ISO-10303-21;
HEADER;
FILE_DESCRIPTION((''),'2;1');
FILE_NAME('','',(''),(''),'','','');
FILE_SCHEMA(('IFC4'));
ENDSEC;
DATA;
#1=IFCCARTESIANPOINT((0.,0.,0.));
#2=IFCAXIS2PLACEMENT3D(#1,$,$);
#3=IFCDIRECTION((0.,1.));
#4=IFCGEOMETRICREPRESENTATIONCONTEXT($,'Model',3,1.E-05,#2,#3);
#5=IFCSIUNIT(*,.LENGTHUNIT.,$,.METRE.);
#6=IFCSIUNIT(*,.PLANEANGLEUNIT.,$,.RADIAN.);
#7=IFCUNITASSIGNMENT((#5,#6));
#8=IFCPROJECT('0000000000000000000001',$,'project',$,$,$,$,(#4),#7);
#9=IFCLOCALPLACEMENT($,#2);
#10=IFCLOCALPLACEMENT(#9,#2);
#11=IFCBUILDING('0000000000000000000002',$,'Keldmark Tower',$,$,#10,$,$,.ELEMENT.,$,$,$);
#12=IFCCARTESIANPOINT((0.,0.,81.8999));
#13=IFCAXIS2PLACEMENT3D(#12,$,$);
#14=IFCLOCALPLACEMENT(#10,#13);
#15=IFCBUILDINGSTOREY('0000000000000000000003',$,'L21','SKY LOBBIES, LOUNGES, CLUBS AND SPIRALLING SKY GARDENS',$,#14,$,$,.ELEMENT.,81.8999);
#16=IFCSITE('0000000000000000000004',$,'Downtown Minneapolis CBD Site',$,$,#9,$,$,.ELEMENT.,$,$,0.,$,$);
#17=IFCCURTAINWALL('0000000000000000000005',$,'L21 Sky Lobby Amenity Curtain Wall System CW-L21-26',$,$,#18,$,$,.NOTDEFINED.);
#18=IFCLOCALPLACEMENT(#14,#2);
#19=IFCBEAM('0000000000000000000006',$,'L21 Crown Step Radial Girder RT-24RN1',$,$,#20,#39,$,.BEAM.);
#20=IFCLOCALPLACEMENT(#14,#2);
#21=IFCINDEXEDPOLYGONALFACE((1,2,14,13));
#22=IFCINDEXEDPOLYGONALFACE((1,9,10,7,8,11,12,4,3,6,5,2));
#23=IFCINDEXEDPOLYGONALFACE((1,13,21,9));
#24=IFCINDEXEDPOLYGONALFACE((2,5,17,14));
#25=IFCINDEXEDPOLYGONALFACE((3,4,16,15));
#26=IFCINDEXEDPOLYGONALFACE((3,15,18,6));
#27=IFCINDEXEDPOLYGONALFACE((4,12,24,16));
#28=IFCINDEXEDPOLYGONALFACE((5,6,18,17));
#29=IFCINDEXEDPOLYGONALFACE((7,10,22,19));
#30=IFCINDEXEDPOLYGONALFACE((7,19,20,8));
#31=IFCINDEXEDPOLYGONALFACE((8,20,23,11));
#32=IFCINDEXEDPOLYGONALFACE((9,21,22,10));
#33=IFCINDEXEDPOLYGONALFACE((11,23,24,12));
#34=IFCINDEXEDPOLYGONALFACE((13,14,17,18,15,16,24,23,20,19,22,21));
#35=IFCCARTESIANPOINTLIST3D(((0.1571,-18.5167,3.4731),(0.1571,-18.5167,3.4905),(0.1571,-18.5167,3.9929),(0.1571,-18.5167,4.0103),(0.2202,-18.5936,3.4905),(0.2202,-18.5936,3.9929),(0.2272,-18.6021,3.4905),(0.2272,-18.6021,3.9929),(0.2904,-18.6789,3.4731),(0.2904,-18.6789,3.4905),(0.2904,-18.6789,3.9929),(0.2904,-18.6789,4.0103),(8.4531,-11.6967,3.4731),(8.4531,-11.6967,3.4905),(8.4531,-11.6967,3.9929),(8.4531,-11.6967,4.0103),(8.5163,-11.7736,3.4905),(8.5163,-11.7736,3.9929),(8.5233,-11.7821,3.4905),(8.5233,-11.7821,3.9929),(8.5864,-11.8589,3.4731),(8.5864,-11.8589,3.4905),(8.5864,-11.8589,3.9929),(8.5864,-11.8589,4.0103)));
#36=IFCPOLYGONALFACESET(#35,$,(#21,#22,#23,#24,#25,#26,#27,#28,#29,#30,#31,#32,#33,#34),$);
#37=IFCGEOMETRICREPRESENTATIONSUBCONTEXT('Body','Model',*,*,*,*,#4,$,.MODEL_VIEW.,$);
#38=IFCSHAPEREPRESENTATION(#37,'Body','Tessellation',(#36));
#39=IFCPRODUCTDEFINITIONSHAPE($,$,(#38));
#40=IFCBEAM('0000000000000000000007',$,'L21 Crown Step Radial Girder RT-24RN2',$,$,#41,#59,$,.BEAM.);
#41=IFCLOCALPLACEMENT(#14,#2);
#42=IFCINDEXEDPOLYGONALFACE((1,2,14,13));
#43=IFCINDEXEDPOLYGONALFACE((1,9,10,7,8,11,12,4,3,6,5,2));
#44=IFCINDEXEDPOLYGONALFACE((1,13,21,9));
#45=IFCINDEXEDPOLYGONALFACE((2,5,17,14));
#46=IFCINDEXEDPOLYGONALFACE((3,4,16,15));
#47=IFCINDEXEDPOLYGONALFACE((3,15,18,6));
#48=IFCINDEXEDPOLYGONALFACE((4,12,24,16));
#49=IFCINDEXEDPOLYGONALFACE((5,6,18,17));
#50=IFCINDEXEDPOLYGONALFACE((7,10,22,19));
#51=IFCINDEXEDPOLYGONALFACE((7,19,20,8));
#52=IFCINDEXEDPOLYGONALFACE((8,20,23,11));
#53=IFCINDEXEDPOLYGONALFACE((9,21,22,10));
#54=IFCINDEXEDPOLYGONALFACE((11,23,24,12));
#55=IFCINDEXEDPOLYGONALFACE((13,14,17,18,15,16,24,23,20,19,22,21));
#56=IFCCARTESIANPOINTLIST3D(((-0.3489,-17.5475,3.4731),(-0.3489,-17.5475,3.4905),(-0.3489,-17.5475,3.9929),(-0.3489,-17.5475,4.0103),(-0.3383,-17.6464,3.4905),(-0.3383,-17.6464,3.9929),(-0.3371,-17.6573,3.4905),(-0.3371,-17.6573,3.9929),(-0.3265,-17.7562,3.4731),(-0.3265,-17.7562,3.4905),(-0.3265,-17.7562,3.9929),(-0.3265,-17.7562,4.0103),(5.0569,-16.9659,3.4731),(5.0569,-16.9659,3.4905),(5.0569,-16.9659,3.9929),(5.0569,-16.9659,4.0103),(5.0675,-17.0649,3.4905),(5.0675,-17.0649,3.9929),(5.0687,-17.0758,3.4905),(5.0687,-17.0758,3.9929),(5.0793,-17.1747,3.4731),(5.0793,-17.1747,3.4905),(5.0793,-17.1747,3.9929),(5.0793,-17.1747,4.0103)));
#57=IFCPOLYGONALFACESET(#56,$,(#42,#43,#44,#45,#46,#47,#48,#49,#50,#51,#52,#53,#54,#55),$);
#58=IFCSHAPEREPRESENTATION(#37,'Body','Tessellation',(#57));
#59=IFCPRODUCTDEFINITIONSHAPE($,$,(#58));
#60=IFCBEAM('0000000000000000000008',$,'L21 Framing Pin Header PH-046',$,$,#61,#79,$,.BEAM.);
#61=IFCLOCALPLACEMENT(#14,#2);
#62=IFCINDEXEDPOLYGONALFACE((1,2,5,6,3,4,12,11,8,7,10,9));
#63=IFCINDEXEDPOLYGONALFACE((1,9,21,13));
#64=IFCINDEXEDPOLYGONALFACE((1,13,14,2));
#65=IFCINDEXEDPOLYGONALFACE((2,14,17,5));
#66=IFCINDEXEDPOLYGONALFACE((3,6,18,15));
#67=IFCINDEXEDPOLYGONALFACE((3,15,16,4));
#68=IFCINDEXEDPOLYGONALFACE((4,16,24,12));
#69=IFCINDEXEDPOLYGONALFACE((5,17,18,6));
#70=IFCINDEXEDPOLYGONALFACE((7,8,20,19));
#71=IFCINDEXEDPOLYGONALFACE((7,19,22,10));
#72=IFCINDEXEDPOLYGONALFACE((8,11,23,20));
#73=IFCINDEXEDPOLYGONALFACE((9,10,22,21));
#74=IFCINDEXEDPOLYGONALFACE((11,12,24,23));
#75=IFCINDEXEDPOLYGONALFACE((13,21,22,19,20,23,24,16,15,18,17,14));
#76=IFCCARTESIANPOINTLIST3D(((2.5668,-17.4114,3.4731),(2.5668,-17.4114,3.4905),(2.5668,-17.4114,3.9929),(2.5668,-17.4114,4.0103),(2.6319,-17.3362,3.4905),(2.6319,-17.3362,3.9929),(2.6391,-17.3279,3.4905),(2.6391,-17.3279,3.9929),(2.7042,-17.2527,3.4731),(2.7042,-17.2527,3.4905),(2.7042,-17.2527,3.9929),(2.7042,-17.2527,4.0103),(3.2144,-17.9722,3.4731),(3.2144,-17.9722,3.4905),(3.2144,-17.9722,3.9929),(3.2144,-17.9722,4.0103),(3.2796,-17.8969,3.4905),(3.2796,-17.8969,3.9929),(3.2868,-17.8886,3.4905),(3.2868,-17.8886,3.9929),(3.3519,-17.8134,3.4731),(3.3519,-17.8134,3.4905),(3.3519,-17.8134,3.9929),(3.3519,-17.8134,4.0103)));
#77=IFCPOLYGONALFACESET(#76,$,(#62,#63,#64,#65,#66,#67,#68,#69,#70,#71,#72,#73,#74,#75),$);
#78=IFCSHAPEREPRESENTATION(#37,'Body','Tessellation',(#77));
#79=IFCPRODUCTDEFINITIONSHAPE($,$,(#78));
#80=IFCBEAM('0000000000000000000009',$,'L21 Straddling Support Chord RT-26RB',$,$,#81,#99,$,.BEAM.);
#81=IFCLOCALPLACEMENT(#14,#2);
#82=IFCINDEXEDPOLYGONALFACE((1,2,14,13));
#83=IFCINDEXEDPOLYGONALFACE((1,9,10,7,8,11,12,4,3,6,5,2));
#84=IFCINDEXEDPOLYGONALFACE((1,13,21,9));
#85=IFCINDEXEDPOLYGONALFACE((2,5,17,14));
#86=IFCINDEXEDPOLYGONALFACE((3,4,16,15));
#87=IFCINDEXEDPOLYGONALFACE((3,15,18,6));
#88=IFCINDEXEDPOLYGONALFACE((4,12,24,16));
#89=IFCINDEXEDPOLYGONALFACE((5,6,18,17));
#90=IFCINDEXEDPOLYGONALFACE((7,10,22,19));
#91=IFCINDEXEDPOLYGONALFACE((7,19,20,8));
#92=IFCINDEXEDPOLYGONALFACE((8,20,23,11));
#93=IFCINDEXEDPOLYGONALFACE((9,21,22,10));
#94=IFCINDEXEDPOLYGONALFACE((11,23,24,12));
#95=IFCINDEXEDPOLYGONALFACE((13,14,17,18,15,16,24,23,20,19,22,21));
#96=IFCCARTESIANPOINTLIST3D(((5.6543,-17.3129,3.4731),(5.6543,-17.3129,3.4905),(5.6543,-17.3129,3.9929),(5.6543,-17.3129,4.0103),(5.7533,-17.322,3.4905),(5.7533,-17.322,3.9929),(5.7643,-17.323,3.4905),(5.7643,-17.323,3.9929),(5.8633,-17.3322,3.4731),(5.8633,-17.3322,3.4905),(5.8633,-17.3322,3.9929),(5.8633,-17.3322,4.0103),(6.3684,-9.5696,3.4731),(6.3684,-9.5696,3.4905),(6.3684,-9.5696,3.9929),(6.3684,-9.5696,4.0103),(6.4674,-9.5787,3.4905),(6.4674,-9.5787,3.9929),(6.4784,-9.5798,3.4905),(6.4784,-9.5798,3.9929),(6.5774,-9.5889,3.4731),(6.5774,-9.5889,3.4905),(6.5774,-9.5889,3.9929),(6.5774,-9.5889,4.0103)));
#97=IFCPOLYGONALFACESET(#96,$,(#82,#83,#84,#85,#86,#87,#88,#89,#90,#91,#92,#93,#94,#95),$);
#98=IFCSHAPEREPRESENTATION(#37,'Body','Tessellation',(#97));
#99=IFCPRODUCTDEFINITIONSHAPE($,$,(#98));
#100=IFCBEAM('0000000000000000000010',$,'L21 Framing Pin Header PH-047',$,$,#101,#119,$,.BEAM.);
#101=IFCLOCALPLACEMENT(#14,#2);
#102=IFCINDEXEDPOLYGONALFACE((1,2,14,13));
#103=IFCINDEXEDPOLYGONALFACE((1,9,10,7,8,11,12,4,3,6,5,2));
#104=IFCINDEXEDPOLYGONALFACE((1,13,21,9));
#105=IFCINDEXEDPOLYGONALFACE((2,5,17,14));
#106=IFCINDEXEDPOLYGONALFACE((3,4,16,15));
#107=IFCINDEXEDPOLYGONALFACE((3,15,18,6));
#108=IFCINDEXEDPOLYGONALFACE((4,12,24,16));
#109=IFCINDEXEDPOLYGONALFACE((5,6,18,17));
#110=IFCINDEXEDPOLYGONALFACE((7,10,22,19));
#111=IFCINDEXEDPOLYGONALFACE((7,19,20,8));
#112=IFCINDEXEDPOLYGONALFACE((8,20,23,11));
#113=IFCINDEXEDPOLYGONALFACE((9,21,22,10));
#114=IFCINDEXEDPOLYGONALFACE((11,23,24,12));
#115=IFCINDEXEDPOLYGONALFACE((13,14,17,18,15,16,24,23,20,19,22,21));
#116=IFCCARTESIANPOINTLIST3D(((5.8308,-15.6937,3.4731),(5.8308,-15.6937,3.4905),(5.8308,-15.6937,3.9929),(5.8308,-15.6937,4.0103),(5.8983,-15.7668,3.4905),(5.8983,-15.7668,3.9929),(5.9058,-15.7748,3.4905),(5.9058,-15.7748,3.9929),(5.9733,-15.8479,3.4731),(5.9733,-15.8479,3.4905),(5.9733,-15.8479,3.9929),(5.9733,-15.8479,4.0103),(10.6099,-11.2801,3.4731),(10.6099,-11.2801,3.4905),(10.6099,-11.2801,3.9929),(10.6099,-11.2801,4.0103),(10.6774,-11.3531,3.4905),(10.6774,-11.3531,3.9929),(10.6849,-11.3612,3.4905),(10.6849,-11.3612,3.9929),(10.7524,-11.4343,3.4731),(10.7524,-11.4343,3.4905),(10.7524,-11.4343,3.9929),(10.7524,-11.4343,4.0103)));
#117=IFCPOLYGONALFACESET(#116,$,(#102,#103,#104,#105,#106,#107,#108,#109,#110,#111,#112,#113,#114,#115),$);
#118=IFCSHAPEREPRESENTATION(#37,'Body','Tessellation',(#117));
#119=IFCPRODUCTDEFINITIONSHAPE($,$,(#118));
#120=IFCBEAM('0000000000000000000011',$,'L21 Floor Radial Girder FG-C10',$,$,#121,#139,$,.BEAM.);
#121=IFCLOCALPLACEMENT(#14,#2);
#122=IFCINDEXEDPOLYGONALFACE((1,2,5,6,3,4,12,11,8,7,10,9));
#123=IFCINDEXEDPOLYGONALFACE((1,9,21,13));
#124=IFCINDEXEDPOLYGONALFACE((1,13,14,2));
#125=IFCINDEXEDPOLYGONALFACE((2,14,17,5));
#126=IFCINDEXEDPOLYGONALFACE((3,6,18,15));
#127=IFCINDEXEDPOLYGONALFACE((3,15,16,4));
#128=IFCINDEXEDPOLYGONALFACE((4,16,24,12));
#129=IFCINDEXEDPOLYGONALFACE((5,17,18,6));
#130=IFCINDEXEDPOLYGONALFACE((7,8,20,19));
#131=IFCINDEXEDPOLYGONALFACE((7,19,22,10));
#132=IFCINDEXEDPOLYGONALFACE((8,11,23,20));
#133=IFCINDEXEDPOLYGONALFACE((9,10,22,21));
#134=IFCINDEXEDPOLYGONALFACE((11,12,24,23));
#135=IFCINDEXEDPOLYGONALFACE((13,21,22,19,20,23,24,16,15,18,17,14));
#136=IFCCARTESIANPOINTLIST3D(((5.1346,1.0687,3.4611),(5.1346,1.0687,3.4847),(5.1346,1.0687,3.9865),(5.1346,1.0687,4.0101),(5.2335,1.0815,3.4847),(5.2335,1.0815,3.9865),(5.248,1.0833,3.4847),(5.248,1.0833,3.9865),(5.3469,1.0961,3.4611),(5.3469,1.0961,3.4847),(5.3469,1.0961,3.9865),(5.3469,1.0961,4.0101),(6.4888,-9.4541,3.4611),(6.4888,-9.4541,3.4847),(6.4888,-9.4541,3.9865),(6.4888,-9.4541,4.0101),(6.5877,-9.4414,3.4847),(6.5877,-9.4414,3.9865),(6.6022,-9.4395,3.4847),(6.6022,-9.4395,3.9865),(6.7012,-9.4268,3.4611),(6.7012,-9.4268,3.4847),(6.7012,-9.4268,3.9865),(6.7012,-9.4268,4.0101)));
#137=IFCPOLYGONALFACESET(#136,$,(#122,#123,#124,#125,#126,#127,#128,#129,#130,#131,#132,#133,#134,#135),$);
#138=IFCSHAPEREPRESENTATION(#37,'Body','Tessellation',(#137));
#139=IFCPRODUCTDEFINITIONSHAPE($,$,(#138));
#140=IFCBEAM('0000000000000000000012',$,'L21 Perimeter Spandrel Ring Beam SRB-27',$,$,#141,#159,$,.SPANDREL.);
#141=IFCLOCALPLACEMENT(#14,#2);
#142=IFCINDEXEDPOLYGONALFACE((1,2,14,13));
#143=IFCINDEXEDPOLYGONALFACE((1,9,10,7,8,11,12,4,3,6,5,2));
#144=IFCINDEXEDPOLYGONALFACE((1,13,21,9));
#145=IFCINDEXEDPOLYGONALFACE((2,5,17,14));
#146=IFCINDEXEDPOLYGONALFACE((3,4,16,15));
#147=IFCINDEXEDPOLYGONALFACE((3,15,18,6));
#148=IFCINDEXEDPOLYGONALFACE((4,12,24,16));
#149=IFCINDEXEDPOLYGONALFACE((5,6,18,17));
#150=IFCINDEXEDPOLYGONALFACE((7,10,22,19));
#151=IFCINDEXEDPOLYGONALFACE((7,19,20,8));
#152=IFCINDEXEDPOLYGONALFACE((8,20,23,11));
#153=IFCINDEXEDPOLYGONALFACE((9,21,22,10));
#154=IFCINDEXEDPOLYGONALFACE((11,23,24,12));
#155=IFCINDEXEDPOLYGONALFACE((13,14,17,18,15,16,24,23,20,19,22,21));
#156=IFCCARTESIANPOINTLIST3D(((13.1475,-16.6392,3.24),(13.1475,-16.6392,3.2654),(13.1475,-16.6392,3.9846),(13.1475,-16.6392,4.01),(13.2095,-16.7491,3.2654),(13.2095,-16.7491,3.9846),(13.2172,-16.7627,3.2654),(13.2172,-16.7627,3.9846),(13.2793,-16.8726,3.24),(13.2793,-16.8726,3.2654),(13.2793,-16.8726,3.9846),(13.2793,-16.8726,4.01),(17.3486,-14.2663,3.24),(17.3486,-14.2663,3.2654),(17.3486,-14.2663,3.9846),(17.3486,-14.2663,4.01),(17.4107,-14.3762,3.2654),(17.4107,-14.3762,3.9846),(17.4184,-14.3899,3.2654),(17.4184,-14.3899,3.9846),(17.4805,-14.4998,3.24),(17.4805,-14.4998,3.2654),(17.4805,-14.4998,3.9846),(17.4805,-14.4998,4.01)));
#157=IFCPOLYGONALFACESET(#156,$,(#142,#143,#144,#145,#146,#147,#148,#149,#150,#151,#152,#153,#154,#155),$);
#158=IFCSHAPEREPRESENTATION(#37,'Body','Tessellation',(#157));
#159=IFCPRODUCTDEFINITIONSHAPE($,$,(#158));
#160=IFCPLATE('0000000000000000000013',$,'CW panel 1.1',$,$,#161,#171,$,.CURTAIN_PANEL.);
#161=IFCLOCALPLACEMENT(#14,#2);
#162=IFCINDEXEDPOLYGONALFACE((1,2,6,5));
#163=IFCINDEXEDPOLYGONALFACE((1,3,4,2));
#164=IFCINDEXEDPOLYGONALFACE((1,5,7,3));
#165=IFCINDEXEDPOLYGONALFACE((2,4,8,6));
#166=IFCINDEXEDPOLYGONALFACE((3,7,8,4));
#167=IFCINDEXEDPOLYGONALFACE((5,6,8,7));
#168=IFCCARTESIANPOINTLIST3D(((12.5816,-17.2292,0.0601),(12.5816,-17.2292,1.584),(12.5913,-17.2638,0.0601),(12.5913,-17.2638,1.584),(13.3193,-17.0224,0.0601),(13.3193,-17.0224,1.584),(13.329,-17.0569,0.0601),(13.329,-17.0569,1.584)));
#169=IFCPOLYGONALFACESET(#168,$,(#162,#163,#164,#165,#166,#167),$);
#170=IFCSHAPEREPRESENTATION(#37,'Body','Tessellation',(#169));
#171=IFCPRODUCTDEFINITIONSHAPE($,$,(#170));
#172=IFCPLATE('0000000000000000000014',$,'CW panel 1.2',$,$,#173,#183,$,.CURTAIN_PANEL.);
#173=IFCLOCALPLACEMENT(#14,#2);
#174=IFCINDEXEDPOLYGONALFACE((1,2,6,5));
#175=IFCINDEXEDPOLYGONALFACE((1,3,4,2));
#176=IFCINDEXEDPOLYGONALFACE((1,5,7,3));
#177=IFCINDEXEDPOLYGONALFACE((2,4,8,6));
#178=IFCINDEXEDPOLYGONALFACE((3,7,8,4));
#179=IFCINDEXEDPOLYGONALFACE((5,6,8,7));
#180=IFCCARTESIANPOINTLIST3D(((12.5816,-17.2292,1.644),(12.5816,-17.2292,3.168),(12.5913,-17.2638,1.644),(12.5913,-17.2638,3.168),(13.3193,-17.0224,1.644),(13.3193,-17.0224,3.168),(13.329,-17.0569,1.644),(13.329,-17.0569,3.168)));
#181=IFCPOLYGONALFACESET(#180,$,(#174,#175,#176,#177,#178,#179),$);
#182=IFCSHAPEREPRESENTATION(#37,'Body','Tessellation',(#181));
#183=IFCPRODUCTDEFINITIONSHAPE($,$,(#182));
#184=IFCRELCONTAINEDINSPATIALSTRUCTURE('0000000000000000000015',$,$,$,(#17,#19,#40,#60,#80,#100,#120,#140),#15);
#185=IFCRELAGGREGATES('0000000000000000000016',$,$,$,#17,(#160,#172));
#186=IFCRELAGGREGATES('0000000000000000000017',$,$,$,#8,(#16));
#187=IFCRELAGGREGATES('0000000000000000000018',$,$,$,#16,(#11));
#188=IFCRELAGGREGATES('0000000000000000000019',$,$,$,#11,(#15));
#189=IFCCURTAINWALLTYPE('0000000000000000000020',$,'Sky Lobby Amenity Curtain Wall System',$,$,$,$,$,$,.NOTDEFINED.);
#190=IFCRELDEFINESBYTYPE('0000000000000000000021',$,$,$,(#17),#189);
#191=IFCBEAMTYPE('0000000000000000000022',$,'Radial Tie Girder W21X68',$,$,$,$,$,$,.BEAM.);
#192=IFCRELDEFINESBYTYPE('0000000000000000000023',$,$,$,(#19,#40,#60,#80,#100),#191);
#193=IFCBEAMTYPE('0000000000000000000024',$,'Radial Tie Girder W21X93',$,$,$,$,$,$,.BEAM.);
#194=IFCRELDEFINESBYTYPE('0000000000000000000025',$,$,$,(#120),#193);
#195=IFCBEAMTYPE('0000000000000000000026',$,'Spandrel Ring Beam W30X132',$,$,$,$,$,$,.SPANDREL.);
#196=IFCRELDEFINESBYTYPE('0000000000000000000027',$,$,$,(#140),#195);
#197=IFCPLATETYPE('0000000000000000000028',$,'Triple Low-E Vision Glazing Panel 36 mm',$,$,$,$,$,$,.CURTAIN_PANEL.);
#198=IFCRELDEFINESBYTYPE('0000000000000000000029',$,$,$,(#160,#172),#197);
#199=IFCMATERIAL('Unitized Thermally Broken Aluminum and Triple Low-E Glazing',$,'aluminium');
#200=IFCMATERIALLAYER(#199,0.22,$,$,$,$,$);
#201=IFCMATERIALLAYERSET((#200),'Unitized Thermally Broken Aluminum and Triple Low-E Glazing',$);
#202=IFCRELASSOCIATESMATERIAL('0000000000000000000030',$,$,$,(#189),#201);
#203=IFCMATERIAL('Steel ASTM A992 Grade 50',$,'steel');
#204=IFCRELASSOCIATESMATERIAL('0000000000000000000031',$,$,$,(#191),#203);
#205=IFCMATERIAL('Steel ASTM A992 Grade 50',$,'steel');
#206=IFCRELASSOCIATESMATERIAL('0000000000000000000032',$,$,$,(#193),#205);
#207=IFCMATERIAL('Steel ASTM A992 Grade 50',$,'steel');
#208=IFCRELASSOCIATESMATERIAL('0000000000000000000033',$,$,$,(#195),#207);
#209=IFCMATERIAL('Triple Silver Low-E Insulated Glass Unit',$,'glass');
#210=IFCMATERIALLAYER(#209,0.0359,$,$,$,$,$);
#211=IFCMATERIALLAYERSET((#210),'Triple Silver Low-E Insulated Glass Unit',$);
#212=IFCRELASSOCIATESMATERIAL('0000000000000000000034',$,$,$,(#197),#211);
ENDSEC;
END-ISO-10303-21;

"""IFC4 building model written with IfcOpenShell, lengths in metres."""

from ifc_helpers import new_model, si_unit, direction, frame, origin, origin_2d, place, context, subcontext, project, spatial, rectangle, i_section, extrude, material, layer, layer_set, material_profile, profile_set, type_object, element, aggregate, save


model = new_model("IFC4")

# Units and contexts
model_context = context("Model", 3, precision=1e-05, world=origin(), true_north=direction((0.0, 1.0)))
body_context = subcontext(model_context, "Body", "Model", "MODEL_VIEW")
ifc_project = project(units=[si_unit("LENGTHUNIT", "METRE"), si_unit("PLANEANGLEUNIT", "RADIAN")], contexts=[model_context])

# Site, building, storey
site_placement = place(None, origin())
site = spatial("IfcSite", under=ifc_project, at=site_placement, Name="Downtown Minneapolis CBD Site", CompositionType="ELEMENT", RefElevation=0.0)
building_placement = place(site_placement, origin())
building = spatial("IfcBuilding", under=site, at=building_placement, Name="Keldmark Tower", CompositionType="ELEMENT")
storey_placement = place(building_placement, frame((0.0, 0.0, 81.8999)))
storey = spatial("IfcBuildingStorey", under=building, at=storey_placement, Name="L21", Description="SKY LOBBIES, LOUNGES, CLUBS AND SPIRALLING SKY GARDENS", CompositionType="ELEMENT", Elevation=81.8999)

# Curtain wall
ifc_material_1 = material(Name="Unitized Thermally Broken Aluminum and Triple Low-E Glazing", Category="aluminium")
ifc_layer_1 = layer(ifc_material_1, 0.22)
ifc_layer_set_1 = layer_set([ifc_layer_1], Name="Unitized Thermally Broken Aluminum and Triple Low-E Glazing")
curtain_wall_type = type_object("IfcCurtainWallType", Name="Sky Lobby Amenity Curtain Wall System", PredefinedType="NOTDEFINED", material=ifc_layer_set_1)
curtain_wall_placement = place(storey_placement, origin())
curtain_wall = element("IfcCurtainWall", 1, at=curtain_wall_placement, inside=storey, type_object=curtain_wall_type, Name="L21 Sky Lobby Amenity Curtain Wall System CW-L21-26", PredefinedType="NOTDEFINED")

# Beams
ifc_material_2 = material(Name="Steel ASTM A992 Grade 50", Category="steel")
ifc_material_profile_1 = material_profile(ifc_material_2, i_section(OverallWidth=0.21, OverallDepth=0.5371, WebThickness=0.011, FlangeThickness=0.0173, at=origin_2d()), Name="W21X68")
ifc_profile_set_1 = profile_set([ifc_material_profile_1], Name="Steel ASTM A992 Grade 50")
beam_type_1 = type_object("IfcBeamType", Name="Radial Tie Girder W21X68", PredefinedType="BEAM", material=ifc_profile_set_1)
beam_1_placement = place(storey_placement, frame((8.5198, -11.7778, 3.7417), z_axis=(-0.77248, -0.635038, 0.0), x_axis=(0.635038, -0.77248, 0.0)))
element("IfcBeam", 2, at=beam_1_placement, inside=storey, type_object=beam_type_1, Name="L21 Crown Step Radial Girder RT-24RN1", PredefinedType="BEAM", context=body_context, shape_type="SweptSolid", body=[
    extrude(i_section(OverallWidth=0.21, OverallDepth=0.5371, WebThickness=0.011, FlangeThickness=0.0173, at=origin_2d()), origin(), (0.0, 0.0, 1.0), 10.7395),
])
beam_2_placement = place(storey_placement, frame((5.0681, -17.0703, 3.7417), z_axis=(-0.994263, -0.106961, 0.0), x_axis=(0.106961, -0.994263, 0.0)))
element("IfcBeam", 3, at=beam_2_placement, inside=storey, type_object=beam_type_1, Name="L21 Crown Step Radial Girder RT-24RN2", PredefinedType="BEAM", context=body_context, shape_type="SweptSolid", body=[
    extrude(i_section(OverallWidth=0.21, OverallDepth=0.5371, WebThickness=0.011, FlangeThickness=0.0173, at=origin_2d()), origin(), (0.0, 0.0, 1.0), 5.437),
])
beam_3_placement = place(storey_placement, frame((2.6355, -17.332, 3.7417), z_axis=(0.756009, -0.654562, 0.0), x_axis=(0.654562, 0.756009, 0.0)))
element("IfcBeam", 4, at=beam_3_placement, inside=storey, type_object=beam_type_1, Name="L21 Framing Pin Header PH-046", PredefinedType="BEAM", context=body_context, shape_type="SweptSolid", body=[
    extrude(i_section(OverallWidth=0.21, OverallDepth=0.5371, WebThickness=0.011, FlangeThickness=0.0173, at=origin_2d()), origin(), (0.0, 0.0, 1.0), 0.8567),
])
beam_4_placement = place(storey_placement, frame((5.7588, -17.3225, 3.7417), z_axis=(0.091835, 0.995774, 0.0), x_axis=(-0.995774, 0.091835, 0.0)))
element("IfcBeam", 5, at=beam_4_placement, inside=storey, type_object=beam_type_1, Name="L21 Straddling Support Chord RT-26RB", PredefinedType="BEAM", context=body_context, shape_type="SweptSolid", body=[
    extrude(i_section(OverallWidth=0.21, OverallDepth=0.5371, WebThickness=0.011, FlangeThickness=0.0173, at=origin_2d()), origin(), (0.0, 0.0, 1.0), 7.7761),
])
beam_5_placement = place(storey_placement, frame((10.6812, -11.3572, 3.7417), z_axis=(-0.734639, -0.678458, 0.0), x_axis=(0.678458, -0.734639, 0.0)))
element("IfcBeam", 6, at=beam_5_placement, inside=storey, type_object=beam_type_1, Name="L21 Framing Pin Header PH-047", PredefinedType="BEAM", context=body_context, shape_type="SweptSolid", body=[
    extrude(i_section(OverallWidth=0.21, OverallDepth=0.5371, WebThickness=0.011, FlangeThickness=0.0173, at=origin_2d()), origin(), (0.0, 0.0, 1.0), 6.5054),
])
ifc_material_3 = material(Name="Steel ASTM A992 Grade 50", Category="steel")
ifc_material_profile_2 = material_profile(ifc_material_3, i_section(OverallWidth=0.2141, OverallDepth=0.5491, WebThickness=0.0146, FlangeThickness=0.0237, at=origin_2d()), Name="W21X93")
ifc_profile_set_2 = profile_set([ifc_material_profile_2], Name="Steel ASTM A992 Grade 50")
beam_type_2 = type_object("IfcBeamType", Name="Radial Tie Girder W21X93", PredefinedType="BEAM", material=ifc_profile_set_2)
beam_6_placement = place(storey_placement, frame((6.595, -9.4404, 3.7356), z_axis=(-0.127642, 0.99182, 0.0), x_axis=(-0.99182, -0.127642, 0.0)))
element("IfcBeam", 7, at=beam_6_placement, inside=storey, type_object=beam_type_2, Name="L21 Floor Radial Girder FG-C10", PredefinedType="BEAM", context=body_context, shape_type="SweptSolid", body=[
    extrude(i_section(OverallWidth=0.2141, OverallDepth=0.5491, WebThickness=0.0146, FlangeThickness=0.0237, at=origin_2d()), origin(), (0.0, 0.0, 1.0), 10.6096),
])
ifc_material_4 = material(Name="Steel ASTM A992 Grade 50", Category="steel")
ifc_material_profile_3 = material_profile(ifc_material_4, i_section(OverallWidth=0.2681, OverallDepth=0.77, WebThickness=0.0156, FlangeThickness=0.0254, at=origin_2d()), Name="W30X132")
ifc_profile_set_3 = profile_set([ifc_material_profile_3], Name="Steel ASTM A992 Grade 50")
beam_type_3 = type_object("IfcBeamType", Name="Spandrel Ring Beam W30X132", PredefinedType="SPANDREL", material=ifc_profile_set_3)
beam_7_placement = place(storey_placement, frame((13.2134, -16.7559, 3.625), z_axis=(0.87072, 0.491779, 0.0), x_axis=(-0.491779, 0.87072, 0.0)))
element("IfcBeam", 8, at=beam_7_placement, inside=storey, type_object=beam_type_3, Name="L21 Perimeter Spandrel Ring Beam SRB-27", PredefinedType="SPANDREL", context=body_context, shape_type="SweptSolid", body=[
    extrude(i_section(OverallWidth=0.2681, OverallDepth=0.77, WebThickness=0.0156, FlangeThickness=0.0254, at=origin_2d()), origin(), (0.0, 0.0, 1.0), 4.825),
])

# Plates
ifc_material_5 = material(Name="Triple Silver Low-E Insulated Glass Unit", Category="glass")
ifc_layer_2 = layer(ifc_material_5, 0.0359)
ifc_layer_set_2 = layer_set([ifc_layer_2], Name="Triple Silver Low-E Insulated Glass Unit")
plate_type = type_object("IfcPlateType", Name="Triple Low-E Vision Glazing Panel 36 mm", PredefinedType="CURTAIN_PANEL", material=ifc_layer_set_2)
plate_1_placement = place(storey_placement, frame((12.9553, -17.1431, 0.0601), z_axis=(0.0, 0.0, 1.0), x_axis=(-0.962852, -0.270028, 0.0)))
plate_1 = element("IfcPlate", 9, at=plate_1_placement, type_object=plate_type, Name="CW panel 1.1", PredefinedType="CURTAIN_PANEL", context=body_context, shape_type="SweptSolid", body=[
    extrude(rectangle(XDim=0.7661, YDim=0.0359, at=origin_2d()), origin(), (0.0, 0.0, 1.0), 1.5239),
])
plate_2_placement = place(storey_placement, frame((12.9553, -17.1431, 1.644), z_axis=(0.0, 0.0, 1.0), x_axis=(-0.962852, -0.270028, 0.0)))
plate_2 = element("IfcPlate", 10, at=plate_2_placement, type_object=plate_type, Name="CW panel 1.2", PredefinedType="CURTAIN_PANEL", context=body_context, shape_type="SweptSolid", body=[
    extrude(rectangle(XDim=0.7661, YDim=0.0359, at=origin_2d()), origin(), (0.0, 0.0, 1.0), 1.5239),
])
aggregate(curtain_wall, [plate_1, plate_2])

save(model, "model.ifc")
